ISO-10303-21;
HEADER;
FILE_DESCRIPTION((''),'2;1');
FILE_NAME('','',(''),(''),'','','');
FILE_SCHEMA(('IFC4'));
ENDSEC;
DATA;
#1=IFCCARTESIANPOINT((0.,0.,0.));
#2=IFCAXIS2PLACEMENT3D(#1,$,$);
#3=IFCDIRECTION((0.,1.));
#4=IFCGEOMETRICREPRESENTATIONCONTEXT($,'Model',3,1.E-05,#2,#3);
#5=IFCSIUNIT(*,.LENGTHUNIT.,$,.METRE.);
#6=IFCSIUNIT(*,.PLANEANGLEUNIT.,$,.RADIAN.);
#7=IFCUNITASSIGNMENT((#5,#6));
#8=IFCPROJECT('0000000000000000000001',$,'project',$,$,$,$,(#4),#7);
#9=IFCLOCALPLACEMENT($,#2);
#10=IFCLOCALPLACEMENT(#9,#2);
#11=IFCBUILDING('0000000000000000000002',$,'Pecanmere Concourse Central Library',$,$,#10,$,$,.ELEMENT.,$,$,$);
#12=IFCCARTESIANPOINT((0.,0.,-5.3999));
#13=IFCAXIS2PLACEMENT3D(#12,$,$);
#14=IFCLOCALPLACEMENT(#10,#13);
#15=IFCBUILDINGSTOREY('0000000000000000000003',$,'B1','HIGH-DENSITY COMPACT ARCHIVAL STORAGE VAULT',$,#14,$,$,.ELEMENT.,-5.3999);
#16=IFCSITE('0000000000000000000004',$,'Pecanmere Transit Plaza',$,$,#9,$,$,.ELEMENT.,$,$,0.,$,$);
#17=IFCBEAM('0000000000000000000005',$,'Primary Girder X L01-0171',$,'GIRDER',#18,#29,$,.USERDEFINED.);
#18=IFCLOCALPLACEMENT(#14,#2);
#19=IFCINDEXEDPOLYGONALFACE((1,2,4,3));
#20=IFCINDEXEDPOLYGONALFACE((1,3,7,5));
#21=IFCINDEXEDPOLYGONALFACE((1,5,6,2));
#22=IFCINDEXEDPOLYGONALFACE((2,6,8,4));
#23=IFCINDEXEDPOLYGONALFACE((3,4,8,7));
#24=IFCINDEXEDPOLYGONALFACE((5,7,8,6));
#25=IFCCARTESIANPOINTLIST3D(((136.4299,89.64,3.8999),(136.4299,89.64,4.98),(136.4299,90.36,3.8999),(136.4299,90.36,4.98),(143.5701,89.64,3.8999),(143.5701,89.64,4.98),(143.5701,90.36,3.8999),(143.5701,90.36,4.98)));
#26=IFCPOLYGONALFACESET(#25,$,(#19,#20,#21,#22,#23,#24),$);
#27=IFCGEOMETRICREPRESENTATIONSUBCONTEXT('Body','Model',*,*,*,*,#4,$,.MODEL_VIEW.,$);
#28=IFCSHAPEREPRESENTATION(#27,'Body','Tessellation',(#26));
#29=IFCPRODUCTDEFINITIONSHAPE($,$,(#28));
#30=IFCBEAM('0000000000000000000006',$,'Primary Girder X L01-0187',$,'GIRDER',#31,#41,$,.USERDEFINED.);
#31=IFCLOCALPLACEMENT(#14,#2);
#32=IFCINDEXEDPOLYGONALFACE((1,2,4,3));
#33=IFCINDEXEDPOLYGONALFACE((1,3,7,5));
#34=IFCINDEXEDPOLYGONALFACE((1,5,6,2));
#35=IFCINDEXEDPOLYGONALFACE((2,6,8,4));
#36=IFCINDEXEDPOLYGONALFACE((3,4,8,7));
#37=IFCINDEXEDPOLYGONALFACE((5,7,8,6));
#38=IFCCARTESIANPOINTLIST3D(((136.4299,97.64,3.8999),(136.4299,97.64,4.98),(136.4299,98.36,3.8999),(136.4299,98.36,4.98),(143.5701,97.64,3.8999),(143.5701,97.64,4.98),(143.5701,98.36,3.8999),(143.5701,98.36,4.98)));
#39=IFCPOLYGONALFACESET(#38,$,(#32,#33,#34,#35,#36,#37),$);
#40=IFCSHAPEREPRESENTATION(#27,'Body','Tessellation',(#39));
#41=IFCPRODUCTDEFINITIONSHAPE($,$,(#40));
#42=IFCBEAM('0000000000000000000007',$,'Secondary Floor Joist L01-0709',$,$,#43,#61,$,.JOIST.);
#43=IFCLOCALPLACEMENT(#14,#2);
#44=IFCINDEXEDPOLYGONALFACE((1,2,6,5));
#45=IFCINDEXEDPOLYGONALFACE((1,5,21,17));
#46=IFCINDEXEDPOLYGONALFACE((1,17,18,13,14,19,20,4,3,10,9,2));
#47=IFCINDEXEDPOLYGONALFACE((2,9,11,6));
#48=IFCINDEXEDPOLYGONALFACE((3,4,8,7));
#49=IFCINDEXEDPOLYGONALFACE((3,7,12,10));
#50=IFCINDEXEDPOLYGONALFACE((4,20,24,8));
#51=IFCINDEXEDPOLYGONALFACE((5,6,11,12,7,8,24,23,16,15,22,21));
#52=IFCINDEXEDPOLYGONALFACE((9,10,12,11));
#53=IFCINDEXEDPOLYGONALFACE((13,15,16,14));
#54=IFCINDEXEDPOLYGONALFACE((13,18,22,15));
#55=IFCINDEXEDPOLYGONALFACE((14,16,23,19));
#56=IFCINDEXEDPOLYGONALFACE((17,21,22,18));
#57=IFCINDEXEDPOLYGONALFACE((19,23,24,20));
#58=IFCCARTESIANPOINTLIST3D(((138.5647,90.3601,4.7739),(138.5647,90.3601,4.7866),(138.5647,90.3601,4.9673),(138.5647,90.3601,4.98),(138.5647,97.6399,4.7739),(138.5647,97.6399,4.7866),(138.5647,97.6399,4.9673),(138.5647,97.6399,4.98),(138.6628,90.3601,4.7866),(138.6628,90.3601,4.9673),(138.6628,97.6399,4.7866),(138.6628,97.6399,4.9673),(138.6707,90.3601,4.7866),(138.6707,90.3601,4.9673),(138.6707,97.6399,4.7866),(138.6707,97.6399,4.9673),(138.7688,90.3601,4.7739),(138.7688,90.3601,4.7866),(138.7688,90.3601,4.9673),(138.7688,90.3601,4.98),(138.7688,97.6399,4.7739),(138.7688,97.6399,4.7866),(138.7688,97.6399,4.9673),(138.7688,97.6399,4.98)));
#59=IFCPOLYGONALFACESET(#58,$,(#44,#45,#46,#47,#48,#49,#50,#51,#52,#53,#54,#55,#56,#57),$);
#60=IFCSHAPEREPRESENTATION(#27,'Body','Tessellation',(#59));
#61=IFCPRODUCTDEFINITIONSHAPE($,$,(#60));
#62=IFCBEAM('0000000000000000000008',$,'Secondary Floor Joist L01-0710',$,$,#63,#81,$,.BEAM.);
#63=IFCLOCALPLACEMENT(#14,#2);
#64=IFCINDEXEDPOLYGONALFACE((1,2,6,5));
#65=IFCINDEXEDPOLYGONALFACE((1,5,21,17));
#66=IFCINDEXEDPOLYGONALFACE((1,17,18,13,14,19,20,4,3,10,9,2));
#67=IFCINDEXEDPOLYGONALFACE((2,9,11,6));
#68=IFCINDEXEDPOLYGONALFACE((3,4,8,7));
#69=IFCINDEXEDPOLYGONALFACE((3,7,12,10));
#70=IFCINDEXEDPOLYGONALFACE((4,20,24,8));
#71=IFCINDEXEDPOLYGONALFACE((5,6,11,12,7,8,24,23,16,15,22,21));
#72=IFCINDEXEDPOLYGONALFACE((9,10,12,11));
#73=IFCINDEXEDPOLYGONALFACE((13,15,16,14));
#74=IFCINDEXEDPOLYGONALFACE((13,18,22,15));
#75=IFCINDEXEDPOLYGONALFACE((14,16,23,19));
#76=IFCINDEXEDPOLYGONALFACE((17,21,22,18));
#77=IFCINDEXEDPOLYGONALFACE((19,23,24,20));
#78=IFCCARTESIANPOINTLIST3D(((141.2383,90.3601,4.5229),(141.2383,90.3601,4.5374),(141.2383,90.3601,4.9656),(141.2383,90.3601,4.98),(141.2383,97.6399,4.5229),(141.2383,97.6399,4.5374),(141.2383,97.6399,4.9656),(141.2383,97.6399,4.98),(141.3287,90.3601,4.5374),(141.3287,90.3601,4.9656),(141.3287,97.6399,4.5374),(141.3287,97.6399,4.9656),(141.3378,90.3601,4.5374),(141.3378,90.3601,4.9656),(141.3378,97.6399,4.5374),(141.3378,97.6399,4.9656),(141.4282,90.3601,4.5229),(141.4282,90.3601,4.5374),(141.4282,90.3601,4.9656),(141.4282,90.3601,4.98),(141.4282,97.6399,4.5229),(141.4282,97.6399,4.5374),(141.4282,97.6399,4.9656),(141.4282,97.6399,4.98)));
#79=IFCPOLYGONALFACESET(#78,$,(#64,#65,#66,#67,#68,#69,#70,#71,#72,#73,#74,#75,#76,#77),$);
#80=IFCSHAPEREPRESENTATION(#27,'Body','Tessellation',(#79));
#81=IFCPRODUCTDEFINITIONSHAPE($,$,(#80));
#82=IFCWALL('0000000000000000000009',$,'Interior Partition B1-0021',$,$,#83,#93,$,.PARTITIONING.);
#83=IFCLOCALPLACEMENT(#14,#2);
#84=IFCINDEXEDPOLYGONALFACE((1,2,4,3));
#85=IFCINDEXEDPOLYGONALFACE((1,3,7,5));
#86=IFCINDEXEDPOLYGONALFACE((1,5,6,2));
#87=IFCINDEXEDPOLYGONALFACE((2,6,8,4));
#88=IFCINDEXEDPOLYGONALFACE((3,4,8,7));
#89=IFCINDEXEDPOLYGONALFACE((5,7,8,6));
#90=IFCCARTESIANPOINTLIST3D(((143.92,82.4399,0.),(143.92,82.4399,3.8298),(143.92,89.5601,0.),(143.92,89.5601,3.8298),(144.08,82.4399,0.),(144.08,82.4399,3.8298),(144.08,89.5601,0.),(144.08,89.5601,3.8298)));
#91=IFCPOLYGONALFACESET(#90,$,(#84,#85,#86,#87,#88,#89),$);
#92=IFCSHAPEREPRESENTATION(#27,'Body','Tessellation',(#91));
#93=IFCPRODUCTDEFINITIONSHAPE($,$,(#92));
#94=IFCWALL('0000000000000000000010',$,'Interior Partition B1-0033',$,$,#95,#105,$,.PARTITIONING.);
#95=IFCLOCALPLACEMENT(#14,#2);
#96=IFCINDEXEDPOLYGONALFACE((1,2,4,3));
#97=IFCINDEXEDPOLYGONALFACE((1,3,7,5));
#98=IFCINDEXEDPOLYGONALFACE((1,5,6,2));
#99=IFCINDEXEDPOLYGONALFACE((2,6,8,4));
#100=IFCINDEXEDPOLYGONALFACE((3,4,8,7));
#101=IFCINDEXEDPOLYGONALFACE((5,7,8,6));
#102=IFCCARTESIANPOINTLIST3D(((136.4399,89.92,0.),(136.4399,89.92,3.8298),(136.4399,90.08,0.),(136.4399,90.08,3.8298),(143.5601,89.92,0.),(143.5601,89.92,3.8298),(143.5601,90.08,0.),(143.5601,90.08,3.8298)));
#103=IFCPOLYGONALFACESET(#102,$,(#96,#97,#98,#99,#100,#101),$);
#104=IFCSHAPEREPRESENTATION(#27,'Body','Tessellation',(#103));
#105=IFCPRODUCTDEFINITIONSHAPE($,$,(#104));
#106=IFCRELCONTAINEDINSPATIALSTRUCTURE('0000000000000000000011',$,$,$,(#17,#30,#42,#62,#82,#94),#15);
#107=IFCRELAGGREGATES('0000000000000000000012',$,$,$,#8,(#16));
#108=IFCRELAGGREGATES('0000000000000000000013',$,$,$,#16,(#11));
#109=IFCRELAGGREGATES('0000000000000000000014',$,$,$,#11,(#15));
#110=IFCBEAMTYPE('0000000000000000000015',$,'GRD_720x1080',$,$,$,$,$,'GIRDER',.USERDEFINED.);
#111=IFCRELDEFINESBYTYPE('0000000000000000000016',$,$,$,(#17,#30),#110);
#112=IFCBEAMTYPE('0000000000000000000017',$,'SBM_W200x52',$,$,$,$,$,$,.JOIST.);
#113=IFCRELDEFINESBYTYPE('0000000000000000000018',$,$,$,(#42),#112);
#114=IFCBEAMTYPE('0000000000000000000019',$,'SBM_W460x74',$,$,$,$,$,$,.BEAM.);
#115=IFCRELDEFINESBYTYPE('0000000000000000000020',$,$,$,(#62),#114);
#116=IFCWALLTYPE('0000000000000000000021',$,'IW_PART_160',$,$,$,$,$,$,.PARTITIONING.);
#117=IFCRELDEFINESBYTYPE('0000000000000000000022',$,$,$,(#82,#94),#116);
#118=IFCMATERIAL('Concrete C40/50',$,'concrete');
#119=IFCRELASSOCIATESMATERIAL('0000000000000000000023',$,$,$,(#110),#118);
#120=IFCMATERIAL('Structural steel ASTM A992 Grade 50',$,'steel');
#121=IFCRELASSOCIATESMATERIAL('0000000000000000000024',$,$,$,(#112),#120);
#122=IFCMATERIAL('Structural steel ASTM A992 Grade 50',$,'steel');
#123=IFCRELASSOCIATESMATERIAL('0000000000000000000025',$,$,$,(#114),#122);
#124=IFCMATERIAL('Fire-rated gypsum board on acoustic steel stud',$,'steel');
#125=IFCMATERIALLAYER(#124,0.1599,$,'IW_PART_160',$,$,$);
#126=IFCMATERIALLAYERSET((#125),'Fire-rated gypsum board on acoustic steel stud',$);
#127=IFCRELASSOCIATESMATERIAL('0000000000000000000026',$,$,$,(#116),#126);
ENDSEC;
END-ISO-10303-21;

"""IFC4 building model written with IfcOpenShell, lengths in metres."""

from ifc_helpers import new_model, si_unit, direction, frame, frame_2d, origin, origin_2d, place, context, subcontext, project, spatial, rectangle, i_section, extrude, material, layer, layer_set, material_profile, profile_set, type_object, element, save


model = new_model("IFC4")

# Units and contexts
model_context = context("Model", 3, precision=1e-05, world=origin(), true_north=direction((0.0, 1.0)))
body_context = subcontext(model_context, "Body", "Model", "MODEL_VIEW")
ifc_project = project(units=[si_unit("LENGTHUNIT", "METRE"), si_unit("PLANEANGLEUNIT", "RADIAN")], contexts=[model_context])

# Site, building, storey
site_placement = place(None, origin())
site = spatial("IfcSite", under=ifc_project, at=site_placement, Name="Pecanmere Transit Plaza", CompositionType="ELEMENT", RefElevation=0.0)
building_placement = place(site_placement, origin())
building = spatial("IfcBuilding", under=site, at=building_placement, Name="Pecanmere Concourse Central Library", CompositionType="ELEMENT")
storey_placement = place(building_placement, frame((0.0, 0.0, -5.3999)))
storey = spatial("IfcBuildingStorey", under=building, at=storey_placement, Name="B1", Description="HIGH-DENSITY COMPACT ARCHIVAL STORAGE VAULT", CompositionType="ELEMENT", Elevation=-5.3999)

# Beams
ifc_material_1 = material(Name="Concrete C40/50", Category="concrete")
ifc_material_profile_1 = material_profile(ifc_material_1, rectangle(XDim=0.72, YDim=1.0801, at=origin_2d()), Name="RC 720x1080")
ifc_profile_set_1 = profile_set([ifc_material_profile_1], Name="Concrete C40/50")
beam_type_1 = type_object("IfcBeamType", Name="GRD_720x1080", ElementType="GIRDER", PredefinedType="USERDEFINED", material=ifc_profile_set_1)
for number, where, z_axis, x_axis, name in (
    (1, (136.4299, 90.0, 4.4399), (1.0, 0.0, 0.0), (0.0, 1.0, 0.0), "Primary Girder X L01-0171"),
    (2, (136.4299, 98.0, 4.4399), (1.0, 0.0, 0.0), (0.0, 1.0, 0.0), "Primary Girder X L01-0187"),
):
    element("IfcBeam", number, at=place(storey_placement, frame(where, z_axis=z_axis, x_axis=x_axis)), inside=storey, type_object=beam_type_1, Name=name, ObjectType="GIRDER", PredefinedType="USERDEFINED", context=body_context, shape_type="SweptSolid", body=[
        extrude(rectangle(XDim=0.72, YDim=1.0801, at=origin_2d()), origin(), (0.0, 0.0, 1.0), 7.1401),
    ])
ifc_material_2 = material(Name="Structural steel ASTM A992 Grade 50", Category="steel")
ifc_material_profile_2 = material_profile(ifc_material_2, i_section(OverallWidth=0.2041, OverallDepth=0.2061, WebThickness=0.0078, FlangeThickness=0.0127, at=origin_2d()), Name="W200x52")
ifc_profile_set_2 = profile_set([ifc_material_profile_2], Name="Structural steel ASTM A992 Grade 50")
beam_type_2 = type_object("IfcBeamType", Name="SBM_W200x52", PredefinedType="JOIST", material=ifc_profile_set_2)
beam_1_placement = place(storey_placement, frame((138.6667, 90.3601, 4.877), z_axis=(0.0, 1.0, 0.0), x_axis=(-1.0, 0.0, 0.0)))
element("IfcBeam", 3, at=beam_1_placement, inside=storey, type_object=beam_type_2, Name="Secondary Floor Joist L01-0709", PredefinedType="JOIST", context=body_context, shape_type="SweptSolid", body=[
    extrude(i_section(OverallWidth=0.2041, OverallDepth=0.2061, WebThickness=0.0078, FlangeThickness=0.0127, at=origin_2d()), origin(), (0.0, 0.0, 1.0), 7.2798),
])
ifc_material_3 = material(Name="Structural steel ASTM A992 Grade 50", Category="steel")
ifc_material_profile_3 = material_profile(ifc_material_3, i_section(OverallWidth=0.1899, OverallDepth=0.457, WebThickness=0.009, FlangeThickness=0.0144, at=origin_2d()), Name="W460x74")
ifc_profile_set_3 = profile_set([ifc_material_profile_3], Name="Structural steel ASTM A992 Grade 50")
beam_type_3 = type_object("IfcBeamType", Name="SBM_W460x74", PredefinedType="BEAM", material=ifc_profile_set_3)
beam_2_placement = place(storey_placement, frame((141.3333, 90.3601, 4.7515), z_axis=(0.0, 1.0, 0.0), x_axis=(-1.0, 0.0, 0.0)))
element("IfcBeam", 4, at=beam_2_placement, inside=storey, type_object=beam_type_3, Name="Secondary Floor Joist L01-0710", PredefinedType="BEAM", context=body_context, shape_type="SweptSolid", body=[
    extrude(i_section(OverallWidth=0.1899, OverallDepth=0.457, WebThickness=0.009, FlangeThickness=0.0144, at=origin_2d()), origin(), (0.0, 0.0, 1.0), 7.2798),
])

# Walls
ifc_material_4 = material(Name="Fire-rated gypsum board on acoustic steel stud", Category="steel")
ifc_layer = layer(ifc_material_4, 0.1599, Name="IW_PART_160")
ifc_layer_set = layer_set([ifc_layer], Name="Fire-rated gypsum board on acoustic steel stud")
wall_type = type_object("IfcWallType", Name="IW_PART_160", PredefinedType="PARTITIONING", material=ifc_layer_set)
for number, where, z_axis, x_axis, name in (
    (5, (144.0, 82.4399, 0.0), (0.0, 0.0, 1.0), (0.0, 1.0, 0.0), "Interior Partition B1-0021"),
    (6, (136.4399, 90.0, 0.0), (0.0, 0.0, 1.0), (1.0, 0.0, 0.0), "Interior Partition B1-0033"),
):
    element("IfcWall", number, at=place(storey_placement, frame(where, z_axis=z_axis, x_axis=x_axis)), inside=storey, type_object=wall_type, Name=name, PredefinedType="PARTITIONING", context=body_context, shape_type="SweptSolid", body=[
        extrude(rectangle(XDim=7.1201, YDim=0.1599, at=frame_2d((3.5601, 0.0))), origin(), (0.0, 0.0, 1.0), 3.8298),
    ])

save(model, "model.ifc")
